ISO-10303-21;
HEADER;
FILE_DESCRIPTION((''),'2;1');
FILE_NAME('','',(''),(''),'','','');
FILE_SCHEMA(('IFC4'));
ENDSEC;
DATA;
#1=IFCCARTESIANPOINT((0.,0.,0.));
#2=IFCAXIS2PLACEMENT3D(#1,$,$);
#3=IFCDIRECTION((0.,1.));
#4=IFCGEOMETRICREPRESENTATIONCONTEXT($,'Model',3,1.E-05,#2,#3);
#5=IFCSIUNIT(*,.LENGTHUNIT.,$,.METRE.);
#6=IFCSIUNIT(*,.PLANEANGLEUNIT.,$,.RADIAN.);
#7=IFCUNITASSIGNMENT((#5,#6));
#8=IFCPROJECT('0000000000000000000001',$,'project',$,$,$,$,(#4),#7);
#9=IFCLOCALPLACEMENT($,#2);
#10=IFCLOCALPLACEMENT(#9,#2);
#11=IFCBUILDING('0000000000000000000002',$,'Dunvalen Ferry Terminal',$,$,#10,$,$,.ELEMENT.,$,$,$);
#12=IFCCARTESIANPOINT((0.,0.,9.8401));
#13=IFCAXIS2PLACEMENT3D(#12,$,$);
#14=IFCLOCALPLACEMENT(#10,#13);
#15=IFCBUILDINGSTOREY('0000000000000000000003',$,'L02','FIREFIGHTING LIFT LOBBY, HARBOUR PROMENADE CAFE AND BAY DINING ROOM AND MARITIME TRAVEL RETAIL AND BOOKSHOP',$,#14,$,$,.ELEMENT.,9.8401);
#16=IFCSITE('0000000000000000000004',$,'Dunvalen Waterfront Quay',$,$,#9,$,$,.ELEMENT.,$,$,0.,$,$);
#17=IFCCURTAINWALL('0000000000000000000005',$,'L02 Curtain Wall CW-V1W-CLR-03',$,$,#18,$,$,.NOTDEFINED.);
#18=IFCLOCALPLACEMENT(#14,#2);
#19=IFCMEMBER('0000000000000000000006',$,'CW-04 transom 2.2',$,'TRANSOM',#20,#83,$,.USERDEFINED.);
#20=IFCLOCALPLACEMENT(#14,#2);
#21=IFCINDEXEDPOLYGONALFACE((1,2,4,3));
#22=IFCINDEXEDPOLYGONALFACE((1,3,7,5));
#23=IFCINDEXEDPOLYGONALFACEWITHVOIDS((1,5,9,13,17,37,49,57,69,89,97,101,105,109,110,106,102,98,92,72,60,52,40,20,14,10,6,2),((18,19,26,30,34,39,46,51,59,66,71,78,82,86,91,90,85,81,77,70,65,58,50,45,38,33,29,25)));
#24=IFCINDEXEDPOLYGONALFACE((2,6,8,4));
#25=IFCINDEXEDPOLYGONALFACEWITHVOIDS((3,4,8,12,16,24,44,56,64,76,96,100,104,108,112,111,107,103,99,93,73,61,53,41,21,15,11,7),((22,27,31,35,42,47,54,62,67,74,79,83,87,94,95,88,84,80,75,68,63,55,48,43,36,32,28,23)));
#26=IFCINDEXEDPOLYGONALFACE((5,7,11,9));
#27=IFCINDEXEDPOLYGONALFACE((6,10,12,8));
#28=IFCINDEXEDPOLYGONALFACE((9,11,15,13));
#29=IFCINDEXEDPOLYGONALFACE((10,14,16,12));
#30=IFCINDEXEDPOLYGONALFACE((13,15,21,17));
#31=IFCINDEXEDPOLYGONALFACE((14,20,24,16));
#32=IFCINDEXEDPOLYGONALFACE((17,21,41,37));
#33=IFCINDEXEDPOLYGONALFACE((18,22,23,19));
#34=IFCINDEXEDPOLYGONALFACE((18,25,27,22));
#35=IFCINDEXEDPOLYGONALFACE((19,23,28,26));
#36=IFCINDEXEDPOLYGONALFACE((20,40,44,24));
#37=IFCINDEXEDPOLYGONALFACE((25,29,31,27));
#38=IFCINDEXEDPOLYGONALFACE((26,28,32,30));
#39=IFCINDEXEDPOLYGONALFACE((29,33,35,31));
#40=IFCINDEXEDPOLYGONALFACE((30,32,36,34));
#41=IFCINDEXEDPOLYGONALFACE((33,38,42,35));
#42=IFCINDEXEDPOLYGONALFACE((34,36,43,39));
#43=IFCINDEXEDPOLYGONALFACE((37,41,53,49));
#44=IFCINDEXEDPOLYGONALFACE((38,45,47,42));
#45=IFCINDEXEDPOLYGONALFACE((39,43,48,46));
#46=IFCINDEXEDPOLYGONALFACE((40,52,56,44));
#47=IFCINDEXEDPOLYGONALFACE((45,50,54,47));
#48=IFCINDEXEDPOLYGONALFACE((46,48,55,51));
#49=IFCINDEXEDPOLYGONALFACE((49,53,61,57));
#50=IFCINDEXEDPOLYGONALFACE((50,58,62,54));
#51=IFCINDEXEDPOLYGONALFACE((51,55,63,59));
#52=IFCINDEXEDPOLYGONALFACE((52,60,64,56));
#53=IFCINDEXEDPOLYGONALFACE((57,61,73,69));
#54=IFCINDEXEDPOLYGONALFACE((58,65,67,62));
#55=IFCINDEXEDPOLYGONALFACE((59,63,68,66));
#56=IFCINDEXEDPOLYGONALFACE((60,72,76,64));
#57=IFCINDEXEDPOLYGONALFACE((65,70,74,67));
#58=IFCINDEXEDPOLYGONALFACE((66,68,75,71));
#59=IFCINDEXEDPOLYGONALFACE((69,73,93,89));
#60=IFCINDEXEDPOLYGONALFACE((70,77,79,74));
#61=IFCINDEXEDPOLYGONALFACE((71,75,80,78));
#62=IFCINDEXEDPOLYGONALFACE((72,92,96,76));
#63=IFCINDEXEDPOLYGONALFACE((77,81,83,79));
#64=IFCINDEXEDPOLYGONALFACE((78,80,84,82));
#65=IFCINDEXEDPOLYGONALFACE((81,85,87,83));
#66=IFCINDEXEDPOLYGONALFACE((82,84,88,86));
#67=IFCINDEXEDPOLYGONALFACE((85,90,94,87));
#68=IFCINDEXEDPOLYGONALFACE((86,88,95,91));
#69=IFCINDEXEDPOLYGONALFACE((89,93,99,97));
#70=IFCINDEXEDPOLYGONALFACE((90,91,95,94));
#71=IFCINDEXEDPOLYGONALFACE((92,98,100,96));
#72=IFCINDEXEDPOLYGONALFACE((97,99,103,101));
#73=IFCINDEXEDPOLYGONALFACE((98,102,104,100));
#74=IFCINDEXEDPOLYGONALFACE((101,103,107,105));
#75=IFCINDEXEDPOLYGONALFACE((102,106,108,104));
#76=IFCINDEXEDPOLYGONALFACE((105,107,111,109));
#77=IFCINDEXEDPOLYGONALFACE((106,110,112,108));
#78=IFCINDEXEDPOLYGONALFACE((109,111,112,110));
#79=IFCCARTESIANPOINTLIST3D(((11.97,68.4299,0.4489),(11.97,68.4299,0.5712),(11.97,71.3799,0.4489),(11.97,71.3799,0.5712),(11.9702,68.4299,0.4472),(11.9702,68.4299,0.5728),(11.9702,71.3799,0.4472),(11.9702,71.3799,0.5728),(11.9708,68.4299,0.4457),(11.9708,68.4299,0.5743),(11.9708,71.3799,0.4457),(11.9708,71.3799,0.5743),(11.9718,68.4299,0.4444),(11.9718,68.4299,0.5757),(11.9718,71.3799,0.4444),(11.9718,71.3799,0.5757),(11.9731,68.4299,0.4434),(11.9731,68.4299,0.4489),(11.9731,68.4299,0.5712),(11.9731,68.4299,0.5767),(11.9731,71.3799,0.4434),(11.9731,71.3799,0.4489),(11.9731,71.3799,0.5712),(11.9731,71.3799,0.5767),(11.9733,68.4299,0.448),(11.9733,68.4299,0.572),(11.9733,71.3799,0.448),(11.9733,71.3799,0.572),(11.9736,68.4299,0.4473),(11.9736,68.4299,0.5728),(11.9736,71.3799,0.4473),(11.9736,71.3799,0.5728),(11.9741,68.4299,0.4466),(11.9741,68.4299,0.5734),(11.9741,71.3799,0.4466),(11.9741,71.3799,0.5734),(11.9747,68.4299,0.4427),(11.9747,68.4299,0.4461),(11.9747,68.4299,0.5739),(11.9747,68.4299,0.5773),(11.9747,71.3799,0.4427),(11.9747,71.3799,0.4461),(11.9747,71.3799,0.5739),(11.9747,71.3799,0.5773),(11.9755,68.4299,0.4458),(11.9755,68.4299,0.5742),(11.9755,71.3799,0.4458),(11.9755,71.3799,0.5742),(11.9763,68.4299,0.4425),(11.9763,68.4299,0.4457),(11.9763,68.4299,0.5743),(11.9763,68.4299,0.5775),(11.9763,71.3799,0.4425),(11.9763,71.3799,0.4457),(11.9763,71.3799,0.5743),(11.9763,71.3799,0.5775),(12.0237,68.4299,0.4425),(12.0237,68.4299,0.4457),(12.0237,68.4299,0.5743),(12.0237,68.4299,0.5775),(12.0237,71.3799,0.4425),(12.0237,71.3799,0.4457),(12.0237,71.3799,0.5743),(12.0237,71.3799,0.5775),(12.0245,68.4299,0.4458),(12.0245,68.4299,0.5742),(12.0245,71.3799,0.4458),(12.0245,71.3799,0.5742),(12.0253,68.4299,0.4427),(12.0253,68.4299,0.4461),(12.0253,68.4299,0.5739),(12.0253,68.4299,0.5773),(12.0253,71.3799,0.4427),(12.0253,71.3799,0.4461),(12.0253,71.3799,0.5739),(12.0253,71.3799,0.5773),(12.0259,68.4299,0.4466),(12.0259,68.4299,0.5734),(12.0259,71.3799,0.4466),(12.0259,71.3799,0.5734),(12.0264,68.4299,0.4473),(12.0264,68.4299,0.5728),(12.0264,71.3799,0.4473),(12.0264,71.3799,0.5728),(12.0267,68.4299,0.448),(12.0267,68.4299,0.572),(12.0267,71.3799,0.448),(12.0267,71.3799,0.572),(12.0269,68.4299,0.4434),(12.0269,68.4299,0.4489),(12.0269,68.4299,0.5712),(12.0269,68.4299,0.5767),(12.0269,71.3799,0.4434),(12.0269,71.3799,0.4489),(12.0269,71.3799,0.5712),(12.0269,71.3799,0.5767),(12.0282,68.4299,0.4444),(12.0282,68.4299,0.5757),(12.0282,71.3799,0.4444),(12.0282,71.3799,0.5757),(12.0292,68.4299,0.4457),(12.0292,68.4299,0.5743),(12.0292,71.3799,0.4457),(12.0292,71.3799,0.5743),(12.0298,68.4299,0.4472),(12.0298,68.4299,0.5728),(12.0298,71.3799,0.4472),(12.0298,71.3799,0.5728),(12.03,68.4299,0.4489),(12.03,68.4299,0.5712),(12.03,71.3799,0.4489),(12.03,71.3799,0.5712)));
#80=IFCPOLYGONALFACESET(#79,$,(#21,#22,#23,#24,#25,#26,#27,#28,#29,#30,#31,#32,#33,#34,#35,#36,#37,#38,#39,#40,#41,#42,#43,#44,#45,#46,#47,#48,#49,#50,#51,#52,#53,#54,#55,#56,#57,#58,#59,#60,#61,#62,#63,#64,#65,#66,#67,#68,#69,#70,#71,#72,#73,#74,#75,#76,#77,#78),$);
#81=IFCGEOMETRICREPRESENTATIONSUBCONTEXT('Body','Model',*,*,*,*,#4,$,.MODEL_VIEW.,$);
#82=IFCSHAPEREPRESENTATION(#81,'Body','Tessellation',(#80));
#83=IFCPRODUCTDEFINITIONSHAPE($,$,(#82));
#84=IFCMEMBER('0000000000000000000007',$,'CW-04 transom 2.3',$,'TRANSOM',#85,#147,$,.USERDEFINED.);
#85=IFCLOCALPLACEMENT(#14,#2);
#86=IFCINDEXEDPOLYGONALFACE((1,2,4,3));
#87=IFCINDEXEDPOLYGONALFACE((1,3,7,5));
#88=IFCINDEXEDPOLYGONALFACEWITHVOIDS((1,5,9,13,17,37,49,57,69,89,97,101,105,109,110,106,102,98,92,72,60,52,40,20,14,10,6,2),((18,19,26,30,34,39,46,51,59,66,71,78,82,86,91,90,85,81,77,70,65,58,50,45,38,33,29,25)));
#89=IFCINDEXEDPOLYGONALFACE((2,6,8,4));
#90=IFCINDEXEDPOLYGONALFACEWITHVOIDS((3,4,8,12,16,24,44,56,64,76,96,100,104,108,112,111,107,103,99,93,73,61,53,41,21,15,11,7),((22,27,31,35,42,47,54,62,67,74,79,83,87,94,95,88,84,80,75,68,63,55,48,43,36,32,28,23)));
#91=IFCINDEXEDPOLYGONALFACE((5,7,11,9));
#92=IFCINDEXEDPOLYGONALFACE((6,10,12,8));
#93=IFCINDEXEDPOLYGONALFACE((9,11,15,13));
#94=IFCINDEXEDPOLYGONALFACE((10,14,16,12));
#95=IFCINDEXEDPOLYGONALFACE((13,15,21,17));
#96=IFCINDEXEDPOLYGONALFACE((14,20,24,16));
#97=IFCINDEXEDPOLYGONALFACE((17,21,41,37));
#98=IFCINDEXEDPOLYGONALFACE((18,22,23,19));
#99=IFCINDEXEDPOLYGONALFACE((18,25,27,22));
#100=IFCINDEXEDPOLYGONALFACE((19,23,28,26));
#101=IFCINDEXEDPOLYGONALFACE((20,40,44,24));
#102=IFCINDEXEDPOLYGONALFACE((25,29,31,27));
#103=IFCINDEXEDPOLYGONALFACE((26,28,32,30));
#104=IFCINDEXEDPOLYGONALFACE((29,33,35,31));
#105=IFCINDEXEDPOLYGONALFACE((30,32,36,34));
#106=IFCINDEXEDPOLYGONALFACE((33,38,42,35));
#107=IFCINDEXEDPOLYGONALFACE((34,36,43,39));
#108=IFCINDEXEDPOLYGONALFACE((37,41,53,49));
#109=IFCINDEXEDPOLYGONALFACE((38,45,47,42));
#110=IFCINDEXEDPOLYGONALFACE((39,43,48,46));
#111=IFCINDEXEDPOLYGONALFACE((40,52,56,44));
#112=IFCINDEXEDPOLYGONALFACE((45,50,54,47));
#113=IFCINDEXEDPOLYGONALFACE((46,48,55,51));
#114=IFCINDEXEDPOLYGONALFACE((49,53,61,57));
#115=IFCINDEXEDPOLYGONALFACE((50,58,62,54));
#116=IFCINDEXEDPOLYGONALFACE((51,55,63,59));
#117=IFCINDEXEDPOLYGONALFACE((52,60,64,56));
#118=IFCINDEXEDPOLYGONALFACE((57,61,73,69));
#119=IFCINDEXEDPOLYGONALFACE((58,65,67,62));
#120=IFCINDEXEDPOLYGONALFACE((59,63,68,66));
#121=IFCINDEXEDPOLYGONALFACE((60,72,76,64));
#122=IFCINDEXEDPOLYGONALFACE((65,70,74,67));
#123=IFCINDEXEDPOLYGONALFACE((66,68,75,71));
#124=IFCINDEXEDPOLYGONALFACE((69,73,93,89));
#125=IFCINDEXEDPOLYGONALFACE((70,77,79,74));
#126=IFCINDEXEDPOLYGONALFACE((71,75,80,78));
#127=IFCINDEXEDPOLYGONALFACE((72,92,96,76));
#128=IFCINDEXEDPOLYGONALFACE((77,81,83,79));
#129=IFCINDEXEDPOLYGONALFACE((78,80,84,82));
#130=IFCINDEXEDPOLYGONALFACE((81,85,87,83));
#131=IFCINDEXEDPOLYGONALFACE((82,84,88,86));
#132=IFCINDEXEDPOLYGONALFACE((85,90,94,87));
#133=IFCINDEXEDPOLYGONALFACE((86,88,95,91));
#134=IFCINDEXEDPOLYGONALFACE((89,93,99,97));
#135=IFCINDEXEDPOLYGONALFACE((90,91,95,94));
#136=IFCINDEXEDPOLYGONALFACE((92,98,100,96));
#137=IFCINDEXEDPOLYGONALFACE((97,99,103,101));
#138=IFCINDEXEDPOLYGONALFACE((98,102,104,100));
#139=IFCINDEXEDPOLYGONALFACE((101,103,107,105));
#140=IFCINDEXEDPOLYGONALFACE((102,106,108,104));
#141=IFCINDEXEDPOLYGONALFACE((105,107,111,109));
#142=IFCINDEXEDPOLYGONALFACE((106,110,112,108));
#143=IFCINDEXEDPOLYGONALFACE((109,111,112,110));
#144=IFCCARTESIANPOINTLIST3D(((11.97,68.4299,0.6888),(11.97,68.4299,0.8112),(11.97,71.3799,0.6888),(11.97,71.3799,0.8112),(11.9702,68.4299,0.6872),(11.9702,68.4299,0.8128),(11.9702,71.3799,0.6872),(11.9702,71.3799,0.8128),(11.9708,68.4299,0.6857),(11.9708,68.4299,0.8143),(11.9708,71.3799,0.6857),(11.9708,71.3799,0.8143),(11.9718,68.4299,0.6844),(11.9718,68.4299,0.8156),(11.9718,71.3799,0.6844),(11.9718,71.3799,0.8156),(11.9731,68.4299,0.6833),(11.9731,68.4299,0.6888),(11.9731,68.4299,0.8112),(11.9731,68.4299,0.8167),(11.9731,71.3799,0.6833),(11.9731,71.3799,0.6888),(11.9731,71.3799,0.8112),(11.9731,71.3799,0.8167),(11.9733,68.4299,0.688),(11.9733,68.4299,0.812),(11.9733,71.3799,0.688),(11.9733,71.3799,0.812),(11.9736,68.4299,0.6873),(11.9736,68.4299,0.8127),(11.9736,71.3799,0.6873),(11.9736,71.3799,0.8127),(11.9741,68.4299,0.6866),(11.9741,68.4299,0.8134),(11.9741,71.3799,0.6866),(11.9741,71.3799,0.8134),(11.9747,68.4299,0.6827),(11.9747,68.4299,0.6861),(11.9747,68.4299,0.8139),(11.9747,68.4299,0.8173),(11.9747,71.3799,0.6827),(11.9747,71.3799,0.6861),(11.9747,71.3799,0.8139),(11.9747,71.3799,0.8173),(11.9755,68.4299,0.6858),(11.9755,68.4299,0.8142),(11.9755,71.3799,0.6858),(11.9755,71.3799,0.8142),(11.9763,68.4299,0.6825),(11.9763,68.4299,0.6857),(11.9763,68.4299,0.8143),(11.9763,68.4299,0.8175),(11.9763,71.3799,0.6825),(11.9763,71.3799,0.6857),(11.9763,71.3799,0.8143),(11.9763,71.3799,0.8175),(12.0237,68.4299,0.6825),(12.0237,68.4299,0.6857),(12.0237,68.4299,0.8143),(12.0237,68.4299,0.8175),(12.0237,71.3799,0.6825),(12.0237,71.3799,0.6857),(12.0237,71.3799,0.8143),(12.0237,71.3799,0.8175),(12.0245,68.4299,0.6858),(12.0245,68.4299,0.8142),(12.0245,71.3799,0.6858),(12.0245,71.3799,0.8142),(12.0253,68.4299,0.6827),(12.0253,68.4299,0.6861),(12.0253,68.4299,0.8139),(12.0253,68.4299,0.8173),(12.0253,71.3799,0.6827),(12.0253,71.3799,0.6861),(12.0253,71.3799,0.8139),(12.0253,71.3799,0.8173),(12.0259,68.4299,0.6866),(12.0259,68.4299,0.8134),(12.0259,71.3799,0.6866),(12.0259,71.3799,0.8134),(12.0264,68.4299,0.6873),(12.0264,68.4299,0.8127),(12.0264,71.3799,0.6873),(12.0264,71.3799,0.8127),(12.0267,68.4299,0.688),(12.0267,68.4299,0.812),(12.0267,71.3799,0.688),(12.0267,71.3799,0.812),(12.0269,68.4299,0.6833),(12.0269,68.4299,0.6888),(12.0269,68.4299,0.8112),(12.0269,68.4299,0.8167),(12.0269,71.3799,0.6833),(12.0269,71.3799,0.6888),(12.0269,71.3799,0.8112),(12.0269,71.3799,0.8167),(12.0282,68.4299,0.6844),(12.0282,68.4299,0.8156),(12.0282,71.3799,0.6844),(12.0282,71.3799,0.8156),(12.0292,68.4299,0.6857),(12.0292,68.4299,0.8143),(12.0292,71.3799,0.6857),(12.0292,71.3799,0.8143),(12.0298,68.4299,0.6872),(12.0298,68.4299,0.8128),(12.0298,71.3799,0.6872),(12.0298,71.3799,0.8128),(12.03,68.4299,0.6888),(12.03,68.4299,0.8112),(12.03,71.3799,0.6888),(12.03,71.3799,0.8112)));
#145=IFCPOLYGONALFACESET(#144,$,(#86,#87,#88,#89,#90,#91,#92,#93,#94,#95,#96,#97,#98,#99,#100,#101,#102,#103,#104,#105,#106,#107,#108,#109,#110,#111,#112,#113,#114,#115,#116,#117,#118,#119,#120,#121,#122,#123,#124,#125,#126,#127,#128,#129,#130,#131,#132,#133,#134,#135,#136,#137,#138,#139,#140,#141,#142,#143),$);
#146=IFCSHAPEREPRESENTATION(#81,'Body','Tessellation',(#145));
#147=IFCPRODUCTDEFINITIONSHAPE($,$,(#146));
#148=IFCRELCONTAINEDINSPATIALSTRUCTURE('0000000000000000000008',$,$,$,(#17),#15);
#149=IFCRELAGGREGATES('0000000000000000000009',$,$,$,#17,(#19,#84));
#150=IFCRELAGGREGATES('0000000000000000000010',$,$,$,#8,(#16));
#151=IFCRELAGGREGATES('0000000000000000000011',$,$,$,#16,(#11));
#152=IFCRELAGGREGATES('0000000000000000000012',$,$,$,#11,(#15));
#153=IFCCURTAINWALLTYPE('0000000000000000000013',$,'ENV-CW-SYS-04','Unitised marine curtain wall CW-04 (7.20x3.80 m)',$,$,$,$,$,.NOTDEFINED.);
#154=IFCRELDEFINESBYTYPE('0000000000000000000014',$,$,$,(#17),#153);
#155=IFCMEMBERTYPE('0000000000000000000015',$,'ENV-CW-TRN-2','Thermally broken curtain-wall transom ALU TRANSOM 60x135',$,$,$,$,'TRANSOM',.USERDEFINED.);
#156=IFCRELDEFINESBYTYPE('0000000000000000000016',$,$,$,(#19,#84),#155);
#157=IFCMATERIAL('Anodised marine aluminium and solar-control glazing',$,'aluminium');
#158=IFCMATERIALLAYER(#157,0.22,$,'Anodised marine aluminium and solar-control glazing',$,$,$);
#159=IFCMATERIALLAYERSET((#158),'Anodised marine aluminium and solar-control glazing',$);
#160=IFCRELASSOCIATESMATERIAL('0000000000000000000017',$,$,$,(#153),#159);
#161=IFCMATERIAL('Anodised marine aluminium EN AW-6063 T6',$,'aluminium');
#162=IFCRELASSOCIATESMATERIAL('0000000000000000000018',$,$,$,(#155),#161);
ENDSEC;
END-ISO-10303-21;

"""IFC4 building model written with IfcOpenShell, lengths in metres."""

from ifc_helpers import new_model, si_unit, direction, frame, origin, origin_2d, place, context, subcontext, project, spatial, hollow_rectangle, extrude, material, layer, layer_set, material_profile, profile_set, type_object, element, aggregate, save


model = new_model("IFC4")

# Units and contexts
model_context = context("Model", 3, precision=1e-05, world=origin(), true_north=direction((0.0, 1.0)))
body_context = subcontext(model_context, "Body", "Model", "MODEL_VIEW")
ifc_project = project(units=[si_unit("LENGTHUNIT", "METRE"), si_unit("PLANEANGLEUNIT", "RADIAN")], contexts=[model_context])

# Site, building, storey
site_placement = place(None, origin())
site = spatial("IfcSite", under=ifc_project, at=site_placement, Name="Dunvalen Waterfront Quay", CompositionType="ELEMENT", RefElevation=0.0)
building_placement = place(site_placement, origin())
building = spatial("IfcBuilding", under=site, at=building_placement, Name="Dunvalen Ferry Terminal", CompositionType="ELEMENT")
storey_placement = place(building_placement, frame((0.0, 0.0, 9.8401)))
storey = spatial("IfcBuildingStorey", under=building, at=storey_placement, Name="L02", Description="FIREFIGHTING LIFT LOBBY, HARBOUR PROMENADE CAFE AND BAY DINING ROOM AND MARITIME TRAVEL RETAIL AND BOOKSHOP", CompositionType="ELEMENT", Elevation=9.8401)

# Curtain wall
ifc_material_1 = material(Name="Anodised marine aluminium and solar-control glazing", Category="aluminium")
ifc_layer_1 = layer(ifc_material_1, 0.22, Name="Anodised marine aluminium and solar-control glazing")
ifc_layer_set_1 = layer_set([ifc_layer_1], Name="Anodised marine aluminium and solar-control glazing")
curtain_wall_type = type_object("IfcCurtainWallType", Name="ENV-CW-SYS-04", Description="Unitised marine curtain wall CW-04 (7.20x3.80 m)", PredefinedType="NOTDEFINED", material=ifc_layer_set_1)
curtain_wall_1_placement = place(storey_placement, origin())
curtain_wall_1 = element("IfcCurtainWall", 1, at=curtain_wall_1_placement, inside=storey, type_object=curtain_wall_type, Name="L02 Curtain Wall CW-V1W-CLR-03", PredefinedType="NOTDEFINED")
ifc_material_2 = material(Name="Anodised marine aluminium EN AW-6063 T6", Category="aluminium")

# Members
ifc_material_profile_1 = material_profile(ifc_material_2, hollow_rectangle(XDim=0.0601, YDim=0.135, WallThickness=0.0032, InnerFilletRadius=0.0032, OuterFilletRadius=0.0063, at=origin_2d()), Name="Anodised marine aluminium EN AW-6063 T6")
ifc_profile_set_1 = profile_set([ifc_material_profile_1], Name="Anodised marine aluminium EN AW-6063 T6")
member_type_1 = type_object("IfcMemberType", Name="ENV-CW-TRN-2", Description="Thermally broken curtain-wall transom ALU TRANSOM 60x135", ElementType="TRANSOM", PredefinedType="USERDEFINED", material=ifc_profile_set_1)
member_1_placement = place(storey_placement, frame((12.0, 68.4299, 0.51), z_axis=(0.0, 1.0, 0.0), x_axis=(-1.0, 0.0, 0.0)))
member_1 = element("IfcMember", 2, at=member_1_placement, type_object=member_type_1, Name="CW-04 transom 2.2", ObjectType="TRANSOM", PredefinedType="USERDEFINED", context=body_context, shape_type="SweptSolid", body=[
    extrude(hollow_rectangle(XDim=0.0601, YDim=0.135, WallThickness=0.0032, InnerFilletRadius=0.0032, OuterFilletRadius=0.0063, at=origin_2d()), origin(), (0.0, 0.0, 1.0), 2.95),
])
member_2_placement = place(storey_placement, frame((12.0, 68.4299, 0.75), z_axis=(0.0, 1.0, 0.0), x_axis=(-1.0, 0.0, 0.0)))
member_2 = element("IfcMember", 3, at=member_2_placement, type_object=member_type_1, Name="CW-04 transom 2.3", ObjectType="TRANSOM", PredefinedType="USERDEFINED", context=body_context, shape_type="SweptSolid", body=[
    extrude(hollow_rectangle(XDim=0.0601, YDim=0.135, WallThickness=0.0032, InnerFilletRadius=0.0032, OuterFilletRadius=0.0063, at=origin_2d()), origin(), (0.0, 0.0, 1.0), 2.95),
])

aggregate(curtain_wall_1, [member_1, member_2])

save(model, "model.ifc")
